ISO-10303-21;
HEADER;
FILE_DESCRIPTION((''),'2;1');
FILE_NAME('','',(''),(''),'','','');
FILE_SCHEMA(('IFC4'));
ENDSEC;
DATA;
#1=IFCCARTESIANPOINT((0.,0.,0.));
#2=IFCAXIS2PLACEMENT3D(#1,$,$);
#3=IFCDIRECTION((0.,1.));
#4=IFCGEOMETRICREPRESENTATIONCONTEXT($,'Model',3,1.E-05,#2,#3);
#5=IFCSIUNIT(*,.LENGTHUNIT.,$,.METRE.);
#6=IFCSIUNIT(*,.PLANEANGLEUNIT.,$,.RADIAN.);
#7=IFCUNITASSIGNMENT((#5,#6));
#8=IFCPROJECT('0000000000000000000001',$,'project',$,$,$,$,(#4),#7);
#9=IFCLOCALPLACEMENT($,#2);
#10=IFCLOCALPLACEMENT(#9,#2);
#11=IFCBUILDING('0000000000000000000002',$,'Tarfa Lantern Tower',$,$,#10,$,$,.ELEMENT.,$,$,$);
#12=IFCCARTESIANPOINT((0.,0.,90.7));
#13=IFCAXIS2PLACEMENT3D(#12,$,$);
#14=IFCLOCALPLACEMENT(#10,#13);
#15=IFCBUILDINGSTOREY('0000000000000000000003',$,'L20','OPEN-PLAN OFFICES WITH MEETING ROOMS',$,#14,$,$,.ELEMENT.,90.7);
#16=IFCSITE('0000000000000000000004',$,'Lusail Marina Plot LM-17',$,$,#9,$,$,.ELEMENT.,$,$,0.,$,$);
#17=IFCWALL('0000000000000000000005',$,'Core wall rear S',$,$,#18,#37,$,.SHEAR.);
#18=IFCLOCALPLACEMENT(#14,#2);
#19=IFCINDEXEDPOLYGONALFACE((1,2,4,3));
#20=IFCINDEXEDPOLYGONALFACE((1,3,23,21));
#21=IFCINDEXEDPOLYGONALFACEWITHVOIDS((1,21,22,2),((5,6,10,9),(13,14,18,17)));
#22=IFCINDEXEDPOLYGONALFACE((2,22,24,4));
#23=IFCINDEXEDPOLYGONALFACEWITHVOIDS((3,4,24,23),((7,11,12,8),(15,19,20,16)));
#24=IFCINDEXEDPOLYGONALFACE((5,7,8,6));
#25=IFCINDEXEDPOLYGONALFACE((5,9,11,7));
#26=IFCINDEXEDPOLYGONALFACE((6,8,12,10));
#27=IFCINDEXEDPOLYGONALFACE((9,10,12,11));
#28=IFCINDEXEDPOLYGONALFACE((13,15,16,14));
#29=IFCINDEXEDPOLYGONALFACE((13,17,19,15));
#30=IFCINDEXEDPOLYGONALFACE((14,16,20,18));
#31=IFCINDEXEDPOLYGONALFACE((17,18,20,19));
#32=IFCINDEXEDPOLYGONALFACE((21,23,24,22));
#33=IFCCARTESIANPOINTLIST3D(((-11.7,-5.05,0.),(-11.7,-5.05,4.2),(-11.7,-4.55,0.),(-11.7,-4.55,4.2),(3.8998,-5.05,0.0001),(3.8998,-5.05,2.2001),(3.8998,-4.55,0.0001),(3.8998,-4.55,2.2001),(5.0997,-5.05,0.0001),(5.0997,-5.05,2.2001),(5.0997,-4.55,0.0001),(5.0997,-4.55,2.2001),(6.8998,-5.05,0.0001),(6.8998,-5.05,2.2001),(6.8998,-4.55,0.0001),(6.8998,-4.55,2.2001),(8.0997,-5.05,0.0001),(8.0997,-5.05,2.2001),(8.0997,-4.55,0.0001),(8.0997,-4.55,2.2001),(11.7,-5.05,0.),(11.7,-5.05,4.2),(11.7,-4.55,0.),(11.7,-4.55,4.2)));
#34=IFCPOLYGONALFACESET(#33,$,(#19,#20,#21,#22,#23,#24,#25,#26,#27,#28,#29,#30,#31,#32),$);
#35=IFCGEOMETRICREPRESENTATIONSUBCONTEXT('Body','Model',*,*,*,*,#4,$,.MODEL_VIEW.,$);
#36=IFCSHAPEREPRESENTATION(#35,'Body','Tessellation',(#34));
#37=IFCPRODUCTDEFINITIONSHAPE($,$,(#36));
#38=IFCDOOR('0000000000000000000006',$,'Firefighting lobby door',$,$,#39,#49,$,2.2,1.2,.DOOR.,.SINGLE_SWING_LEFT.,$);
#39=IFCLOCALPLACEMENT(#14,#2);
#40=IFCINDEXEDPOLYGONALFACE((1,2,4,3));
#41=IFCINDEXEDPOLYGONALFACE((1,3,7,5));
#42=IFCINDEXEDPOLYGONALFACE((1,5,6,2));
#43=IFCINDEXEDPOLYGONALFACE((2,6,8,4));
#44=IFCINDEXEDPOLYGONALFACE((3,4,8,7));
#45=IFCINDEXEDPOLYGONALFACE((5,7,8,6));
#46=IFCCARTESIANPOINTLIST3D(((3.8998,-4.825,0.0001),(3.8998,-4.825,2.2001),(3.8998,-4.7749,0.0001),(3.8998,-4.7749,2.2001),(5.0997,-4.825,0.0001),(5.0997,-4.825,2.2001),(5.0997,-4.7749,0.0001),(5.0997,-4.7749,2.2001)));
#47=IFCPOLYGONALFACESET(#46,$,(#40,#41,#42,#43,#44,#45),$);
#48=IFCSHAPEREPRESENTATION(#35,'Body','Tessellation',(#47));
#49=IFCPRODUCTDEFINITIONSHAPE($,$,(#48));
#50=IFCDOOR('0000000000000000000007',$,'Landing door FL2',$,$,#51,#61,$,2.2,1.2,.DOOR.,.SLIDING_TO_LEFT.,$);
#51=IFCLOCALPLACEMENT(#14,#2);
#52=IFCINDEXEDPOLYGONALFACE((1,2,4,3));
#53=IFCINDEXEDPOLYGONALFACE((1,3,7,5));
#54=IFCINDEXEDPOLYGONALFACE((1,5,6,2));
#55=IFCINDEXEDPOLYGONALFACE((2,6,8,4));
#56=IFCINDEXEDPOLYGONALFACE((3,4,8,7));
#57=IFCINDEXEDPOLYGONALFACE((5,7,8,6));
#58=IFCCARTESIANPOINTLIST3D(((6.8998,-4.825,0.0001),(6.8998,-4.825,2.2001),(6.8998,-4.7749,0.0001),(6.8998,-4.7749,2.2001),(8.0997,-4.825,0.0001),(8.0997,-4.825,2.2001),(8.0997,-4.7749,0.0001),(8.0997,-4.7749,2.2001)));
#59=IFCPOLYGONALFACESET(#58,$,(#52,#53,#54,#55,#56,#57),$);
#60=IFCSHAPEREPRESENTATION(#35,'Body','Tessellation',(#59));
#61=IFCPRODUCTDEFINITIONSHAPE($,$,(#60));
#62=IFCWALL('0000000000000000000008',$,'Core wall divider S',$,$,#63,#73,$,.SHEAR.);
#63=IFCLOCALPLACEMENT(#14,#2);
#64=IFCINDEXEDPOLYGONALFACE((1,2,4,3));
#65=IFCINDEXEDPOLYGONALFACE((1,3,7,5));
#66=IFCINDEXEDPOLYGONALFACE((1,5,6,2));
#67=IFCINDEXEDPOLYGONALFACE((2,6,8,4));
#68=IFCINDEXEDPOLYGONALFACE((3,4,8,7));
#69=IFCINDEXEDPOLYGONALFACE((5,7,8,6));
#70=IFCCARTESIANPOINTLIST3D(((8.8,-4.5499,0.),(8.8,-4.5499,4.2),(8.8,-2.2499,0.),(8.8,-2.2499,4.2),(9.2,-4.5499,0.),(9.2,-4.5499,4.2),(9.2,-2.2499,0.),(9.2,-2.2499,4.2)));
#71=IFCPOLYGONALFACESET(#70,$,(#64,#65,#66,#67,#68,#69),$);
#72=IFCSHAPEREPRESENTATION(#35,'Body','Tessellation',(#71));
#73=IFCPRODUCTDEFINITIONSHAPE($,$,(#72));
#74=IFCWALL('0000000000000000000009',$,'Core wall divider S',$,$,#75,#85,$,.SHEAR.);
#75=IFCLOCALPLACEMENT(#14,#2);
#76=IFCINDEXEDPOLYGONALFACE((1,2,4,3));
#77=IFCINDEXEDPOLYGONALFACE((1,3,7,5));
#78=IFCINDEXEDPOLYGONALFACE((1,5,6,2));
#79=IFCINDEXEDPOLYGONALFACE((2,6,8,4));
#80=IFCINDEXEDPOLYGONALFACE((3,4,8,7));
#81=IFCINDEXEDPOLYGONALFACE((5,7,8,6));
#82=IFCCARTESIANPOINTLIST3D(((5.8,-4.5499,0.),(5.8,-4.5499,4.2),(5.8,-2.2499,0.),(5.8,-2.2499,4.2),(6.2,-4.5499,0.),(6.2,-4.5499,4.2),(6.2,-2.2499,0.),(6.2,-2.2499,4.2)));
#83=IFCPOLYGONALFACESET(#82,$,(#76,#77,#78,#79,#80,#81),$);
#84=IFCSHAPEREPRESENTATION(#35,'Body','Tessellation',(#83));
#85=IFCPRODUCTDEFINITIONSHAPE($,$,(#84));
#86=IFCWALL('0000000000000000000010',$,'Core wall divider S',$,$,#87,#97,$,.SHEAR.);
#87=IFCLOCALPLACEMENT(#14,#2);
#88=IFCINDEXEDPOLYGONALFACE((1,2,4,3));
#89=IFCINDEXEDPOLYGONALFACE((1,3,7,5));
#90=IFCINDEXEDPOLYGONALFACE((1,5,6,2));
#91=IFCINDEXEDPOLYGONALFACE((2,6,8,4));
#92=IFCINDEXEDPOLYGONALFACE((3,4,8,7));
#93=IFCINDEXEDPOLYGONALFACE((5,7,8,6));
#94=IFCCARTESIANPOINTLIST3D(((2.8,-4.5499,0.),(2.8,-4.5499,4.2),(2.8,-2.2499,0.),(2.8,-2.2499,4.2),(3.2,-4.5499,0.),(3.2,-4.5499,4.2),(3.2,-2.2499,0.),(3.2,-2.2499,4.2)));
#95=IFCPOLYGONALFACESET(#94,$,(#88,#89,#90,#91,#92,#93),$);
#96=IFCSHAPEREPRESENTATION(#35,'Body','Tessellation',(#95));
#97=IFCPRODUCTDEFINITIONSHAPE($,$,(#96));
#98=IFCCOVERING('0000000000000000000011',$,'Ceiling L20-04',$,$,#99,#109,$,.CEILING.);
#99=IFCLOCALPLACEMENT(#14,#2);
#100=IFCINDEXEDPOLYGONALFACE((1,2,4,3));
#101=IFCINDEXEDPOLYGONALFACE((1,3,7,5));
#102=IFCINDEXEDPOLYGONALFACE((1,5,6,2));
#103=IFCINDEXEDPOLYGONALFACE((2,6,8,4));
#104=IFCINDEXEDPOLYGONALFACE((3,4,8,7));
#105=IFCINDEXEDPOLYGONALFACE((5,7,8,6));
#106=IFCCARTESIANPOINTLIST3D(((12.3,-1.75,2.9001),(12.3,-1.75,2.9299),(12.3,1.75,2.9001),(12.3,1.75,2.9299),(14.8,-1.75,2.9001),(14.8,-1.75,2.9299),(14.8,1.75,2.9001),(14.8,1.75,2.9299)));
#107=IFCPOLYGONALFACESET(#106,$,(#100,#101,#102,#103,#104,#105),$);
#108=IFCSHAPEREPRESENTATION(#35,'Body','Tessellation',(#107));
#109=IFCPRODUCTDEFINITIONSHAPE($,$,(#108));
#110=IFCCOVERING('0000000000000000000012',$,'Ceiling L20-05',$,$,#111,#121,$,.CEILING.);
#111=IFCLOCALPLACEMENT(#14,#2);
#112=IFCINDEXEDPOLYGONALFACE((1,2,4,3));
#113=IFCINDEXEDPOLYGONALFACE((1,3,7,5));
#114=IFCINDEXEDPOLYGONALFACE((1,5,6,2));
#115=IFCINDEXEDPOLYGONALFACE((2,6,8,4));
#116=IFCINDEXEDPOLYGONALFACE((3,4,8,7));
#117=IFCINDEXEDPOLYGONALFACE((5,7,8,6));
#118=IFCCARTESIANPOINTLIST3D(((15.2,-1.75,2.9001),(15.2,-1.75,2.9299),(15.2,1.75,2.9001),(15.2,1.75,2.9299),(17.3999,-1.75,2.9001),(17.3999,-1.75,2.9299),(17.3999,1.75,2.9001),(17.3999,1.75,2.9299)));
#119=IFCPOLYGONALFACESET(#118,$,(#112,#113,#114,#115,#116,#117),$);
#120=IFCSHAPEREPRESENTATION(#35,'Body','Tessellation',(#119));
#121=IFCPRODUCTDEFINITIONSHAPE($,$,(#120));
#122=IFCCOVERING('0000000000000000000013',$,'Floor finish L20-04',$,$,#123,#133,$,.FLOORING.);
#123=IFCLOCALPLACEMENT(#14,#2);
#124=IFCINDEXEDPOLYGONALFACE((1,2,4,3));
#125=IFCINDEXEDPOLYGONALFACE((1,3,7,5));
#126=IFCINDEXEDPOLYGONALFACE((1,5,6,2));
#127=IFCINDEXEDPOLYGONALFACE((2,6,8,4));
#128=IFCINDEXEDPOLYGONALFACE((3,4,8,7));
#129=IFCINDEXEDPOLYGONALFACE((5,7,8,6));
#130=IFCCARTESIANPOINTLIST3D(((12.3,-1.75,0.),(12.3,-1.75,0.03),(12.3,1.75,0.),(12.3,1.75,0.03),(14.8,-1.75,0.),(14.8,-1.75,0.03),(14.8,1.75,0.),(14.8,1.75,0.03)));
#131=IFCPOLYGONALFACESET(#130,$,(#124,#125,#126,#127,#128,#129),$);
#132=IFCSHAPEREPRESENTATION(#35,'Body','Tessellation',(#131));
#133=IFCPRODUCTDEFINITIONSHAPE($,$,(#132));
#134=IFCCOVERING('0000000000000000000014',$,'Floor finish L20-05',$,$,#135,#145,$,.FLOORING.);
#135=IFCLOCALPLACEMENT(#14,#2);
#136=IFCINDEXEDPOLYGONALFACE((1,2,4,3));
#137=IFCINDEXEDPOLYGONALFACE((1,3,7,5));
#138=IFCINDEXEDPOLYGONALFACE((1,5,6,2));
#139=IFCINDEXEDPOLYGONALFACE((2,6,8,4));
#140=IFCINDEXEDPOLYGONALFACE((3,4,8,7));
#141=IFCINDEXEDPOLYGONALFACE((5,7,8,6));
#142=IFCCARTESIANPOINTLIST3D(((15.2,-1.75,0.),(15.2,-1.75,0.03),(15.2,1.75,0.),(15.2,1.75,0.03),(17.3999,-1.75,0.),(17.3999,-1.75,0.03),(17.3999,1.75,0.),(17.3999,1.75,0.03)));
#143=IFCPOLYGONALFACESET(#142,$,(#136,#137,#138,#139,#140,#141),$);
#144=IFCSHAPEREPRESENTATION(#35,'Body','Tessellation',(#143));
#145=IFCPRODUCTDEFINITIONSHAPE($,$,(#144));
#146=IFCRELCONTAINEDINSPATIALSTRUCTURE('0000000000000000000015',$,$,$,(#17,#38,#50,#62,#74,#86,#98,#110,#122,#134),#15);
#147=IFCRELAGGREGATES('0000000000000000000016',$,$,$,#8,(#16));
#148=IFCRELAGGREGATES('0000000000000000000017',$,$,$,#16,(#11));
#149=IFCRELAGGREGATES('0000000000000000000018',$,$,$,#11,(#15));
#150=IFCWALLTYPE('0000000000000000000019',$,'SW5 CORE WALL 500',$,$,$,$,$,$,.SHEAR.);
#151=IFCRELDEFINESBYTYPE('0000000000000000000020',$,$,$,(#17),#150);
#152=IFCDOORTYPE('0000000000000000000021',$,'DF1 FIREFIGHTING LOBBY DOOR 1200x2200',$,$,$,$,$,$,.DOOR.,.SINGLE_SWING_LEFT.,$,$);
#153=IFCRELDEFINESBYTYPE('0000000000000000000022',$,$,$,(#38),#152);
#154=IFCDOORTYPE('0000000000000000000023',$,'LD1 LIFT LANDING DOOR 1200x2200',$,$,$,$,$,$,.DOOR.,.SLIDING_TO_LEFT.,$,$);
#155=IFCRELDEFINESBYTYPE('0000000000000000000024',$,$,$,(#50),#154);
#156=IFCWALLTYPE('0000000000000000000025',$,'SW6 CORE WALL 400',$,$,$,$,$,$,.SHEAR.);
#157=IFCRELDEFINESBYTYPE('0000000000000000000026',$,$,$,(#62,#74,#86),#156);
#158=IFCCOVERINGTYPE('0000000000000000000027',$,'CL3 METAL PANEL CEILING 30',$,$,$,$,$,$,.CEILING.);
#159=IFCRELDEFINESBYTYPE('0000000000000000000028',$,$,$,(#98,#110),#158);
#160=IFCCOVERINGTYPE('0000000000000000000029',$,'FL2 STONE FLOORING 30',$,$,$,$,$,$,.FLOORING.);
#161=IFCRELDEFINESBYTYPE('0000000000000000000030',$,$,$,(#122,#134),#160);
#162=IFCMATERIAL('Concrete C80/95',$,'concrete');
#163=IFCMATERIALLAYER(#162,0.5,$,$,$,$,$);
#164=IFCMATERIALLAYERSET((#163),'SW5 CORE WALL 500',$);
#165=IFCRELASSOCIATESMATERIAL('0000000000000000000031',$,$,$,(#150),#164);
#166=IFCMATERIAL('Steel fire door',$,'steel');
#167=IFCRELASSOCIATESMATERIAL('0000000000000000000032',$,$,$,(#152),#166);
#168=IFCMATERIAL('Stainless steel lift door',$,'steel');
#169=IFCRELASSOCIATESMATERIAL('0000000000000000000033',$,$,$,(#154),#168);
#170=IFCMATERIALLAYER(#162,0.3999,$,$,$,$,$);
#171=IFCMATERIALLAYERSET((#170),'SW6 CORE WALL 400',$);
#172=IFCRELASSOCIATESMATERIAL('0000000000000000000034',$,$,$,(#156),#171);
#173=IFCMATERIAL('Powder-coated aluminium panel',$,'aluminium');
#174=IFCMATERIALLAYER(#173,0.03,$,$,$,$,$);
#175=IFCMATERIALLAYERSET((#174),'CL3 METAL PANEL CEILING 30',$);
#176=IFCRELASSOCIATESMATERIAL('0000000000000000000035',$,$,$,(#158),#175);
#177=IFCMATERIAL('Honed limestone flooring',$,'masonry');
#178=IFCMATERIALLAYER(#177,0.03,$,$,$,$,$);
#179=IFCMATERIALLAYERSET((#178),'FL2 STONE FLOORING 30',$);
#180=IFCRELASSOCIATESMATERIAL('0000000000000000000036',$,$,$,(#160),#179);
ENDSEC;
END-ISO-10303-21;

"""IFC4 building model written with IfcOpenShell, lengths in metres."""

from ifc_helpers import new_model, si_unit, direction, frame, frame_2d, origin, place, context, subcontext, project, spatial, polyline, rectangle, outline, extrude, material, layer, layer_set, type_object, element, fill, save


model = new_model("IFC4")

# Units and contexts
model_context = context("Model", 3, precision=1e-05, world=origin(), true_north=direction((0.0, 1.0)))
body_context = subcontext(model_context, "Body", "Model", "MODEL_VIEW")
ifc_project = project(units=[si_unit("LENGTHUNIT", "METRE"), si_unit("PLANEANGLEUNIT", "RADIAN")], contexts=[model_context])

# Site, building, storey
site_placement = place(None, origin())
site = spatial("IfcSite", under=ifc_project, at=site_placement, Name="Lusail Marina Plot LM-17", CompositionType="ELEMENT", RefElevation=0.0)
building_placement = place(site_placement, origin())
building = spatial("IfcBuilding", under=site, at=building_placement, Name="Tarfa Lantern Tower", CompositionType="ELEMENT")
storey_placement = place(building_placement, frame((0.0, 0.0, 90.7)))
storey = spatial("IfcBuildingStorey", under=building, at=storey_placement, Name="L20", Description="OPEN-PLAN OFFICES WITH MEETING ROOMS", CompositionType="ELEMENT", Elevation=90.7)

# Shared definitions
ifc_material_1 = material(Name="Concrete C80/95", Category="concrete")
ifc_layer_1 = layer(ifc_material_1, 0.5)
ifc_layer_set_1 = layer_set([ifc_layer_1], Name="SW5 CORE WALL 500")
wall_type_1 = type_object("IfcWallType", Name="SW5 CORE WALL 500", PredefinedType="SHEAR", material=ifc_layer_set_1)

# Shared definitions
ifc_material_2 = material(Name="Stainless steel lift door", Category="steel")

# Wall, openings, doors
wall_1_placement = place(storey_placement, frame((11.7, -4.8, 0.0), z_axis=(0.0, 0.0, 1.0), x_axis=(-1.0, 0.0, 0.0)))
wall_1 = element("IfcWall", 1, at=wall_1_placement, inside=storey, type_object=wall_type_1, Name="Core wall rear S", PredefinedType="SHEAR", context=body_context, shape_type="SweptSolid", body=[
    extrude(rectangle(XDim=23.3999, YDim=0.5, at=frame_2d((11.7, 0.0))), origin(), (0.0, 0.0, 1.0), 4.2),
])
opening_1_placement = place(wall_1_placement, frame((6.6001, 0.0, 0.0)))
opening_1 = element("IfcOpeningElement", 2, at=opening_1_placement, cuts=wall_1, PredefinedType="OPENING", context=body_context, shape_type="SweptSolid", body=[
    extrude(rectangle(XDim=1.2, YDim=2.2, at=frame_2d((0.6001, 1.1001))), frame((0.0, 0.26, 0.0), z_axis=(0.0, -1.0, 0.0), x_axis=(1.0, 0.0, 0.0)), (0.0, 0.0, 1.0), 0.52),
])
opening_2_placement = place(wall_1_placement, frame((3.6001, 0.0, 0.0)))
opening_2 = element("IfcOpeningElement", 3, at=opening_2_placement, cuts=wall_1, PredefinedType="OPENING", context=body_context, shape_type="SweptSolid", body=[
    extrude(rectangle(XDim=1.2, YDim=2.2, at=frame_2d((0.6001, 1.1001))), frame((0.0, 0.26, 0.0), z_axis=(0.0, -1.0, 0.0), x_axis=(1.0, 0.0, 0.0)), (0.0, 0.0, 1.0), 0.52),
])
ifc_material_3 = material(Name="Steel fire door", Category="steel")
door_type_1 = type_object("IfcDoorType", Name="DF1 FIREFIGHTING LOBBY DOOR 1200x2200", OperationType="SINGLE_SWING_LEFT", PredefinedType="DOOR", material=ifc_material_3)
door_1_placement = place(opening_1_placement, origin())
door_1 = element("IfcDoor", 4, at=door_1_placement, inside=storey, type_object=door_type_1, Name="Firefighting lobby door", OperationType="SINGLE_SWING_LEFT", OverallHeight=2.2, OverallWidth=1.2, PredefinedType="DOOR", context=body_context, shape_type="SweptSolid", body=[
    extrude(rectangle(XDim=1.2, YDim=2.2, at=frame_2d((0.6001, 1.1001))), frame((0.0, 0.0249, 0.0), z_axis=(0.0, -1.0, 0.0), x_axis=(1.0, 0.0, 0.0)), (0.0, 0.0, 1.0), 0.05),
])
fill(opening_1, door_1)
door_type_2 = type_object("IfcDoorType", Name="LD1 LIFT LANDING DOOR 1200x2200", OperationType="SLIDING_TO_LEFT", PredefinedType="DOOR", material=ifc_material_2)
door_2_placement = place(opening_2_placement, origin())
door_2 = element("IfcDoor", 5, at=door_2_placement, inside=storey, type_object=door_type_2, Name="Landing door FL2", OperationType="SLIDING_TO_LEFT", OverallHeight=2.2, OverallWidth=1.2, PredefinedType="DOOR", context=body_context, shape_type="SweptSolid", body=[
    extrude(rectangle(XDim=1.2, YDim=2.2, at=frame_2d((0.6001, 1.1001))), frame((0.0, 0.0249, 0.0), z_axis=(0.0, -1.0, 0.0), x_axis=(1.0, 0.0, 0.0)), (0.0, 0.0, 1.0), 0.05),
])
fill(opening_2, door_2)

# Walls
ifc_layer_2 = layer(ifc_material_1, 0.3999)
ifc_layer_set_2 = layer_set([ifc_layer_2], Name="SW6 CORE WALL 400")
wall_type_2 = type_object("IfcWallType", Name="SW6 CORE WALL 400", PredefinedType="SHEAR", material=ifc_layer_set_2)
for number, where, z_axis, x_axis, name in (
    (6, (9.0, -2.25, 0.0), (0.0, 0.0, 1.0), (0.0, -1.0, 0.0), "Core wall divider S"),
    (7, (6.0, -2.25, 0.0), (0.0, 0.0, 1.0), (0.0, -1.0, 0.0), "Core wall divider S"),
    (8, (3.0, -2.25, 0.0), (0.0, 0.0, 1.0), (0.0, -1.0, 0.0), "Core wall divider S"),
):
    element("IfcWall", number, at=place(storey_placement, frame(where, z_axis=z_axis, x_axis=x_axis)), inside=storey, type_object=wall_type_2, Name=name, PredefinedType="SHEAR", context=body_context, shape_type="SweptSolid", body=[
        extrude(rectangle(XDim=2.3, YDim=0.3999, at=frame_2d((1.1499, 0.0))), origin(), (0.0, 0.0, 1.0), 4.2),
    ])

# Coverings
ifc_material_4 = material(Name="Powder-coated aluminium panel", Category="aluminium")
ifc_layer_3 = layer(ifc_material_4, 0.03)
ifc_layer_set_3 = layer_set([ifc_layer_3], Name="CL3 METAL PANEL CEILING 30")
covering_type_1 = type_object("IfcCoveringType", Name="CL3 METAL PANEL CEILING 30", PredefinedType="CEILING", material=ifc_layer_set_3)
covering_1_placement = place(storey_placement, frame((0.0, 0.0, 2.9001)))
element("IfcCovering", 9, at=covering_1_placement, inside=storey, type_object=covering_type_1, Name="Ceiling L20-04", PredefinedType="CEILING", context=body_context, shape_type="SweptSolid", body=[
    extrude(outline(polyline([(12.3, -1.75), (14.8, -1.75), (14.8, 1.75), (12.3, 1.75), (12.3, -1.75)])), origin(), (0.0, 0.0, 1.0), 0.0298),
])
covering_2_placement = place(storey_placement, frame((0.0, 0.0, 2.9001)))
element("IfcCovering", 10, at=covering_2_placement, inside=storey, type_object=covering_type_1, Name="Ceiling L20-05", PredefinedType="CEILING", context=body_context, shape_type="SweptSolid", body=[
    extrude(outline(polyline([(15.2, -1.75), (17.3999, -1.75), (17.3999, 1.75), (15.2, 1.75), (15.2, -1.75)])), origin(), (0.0, 0.0, 1.0), 0.0298),
])
ifc_material_5 = material(Name="Honed limestone flooring", Category="masonry")
ifc_layer_4 = layer(ifc_material_5, 0.03)
ifc_layer_set_4 = layer_set([ifc_layer_4], Name="FL2 STONE FLOORING 30")
covering_type_2 = type_object("IfcCoveringType", Name="FL2 STONE FLOORING 30", PredefinedType="FLOORING", material=ifc_layer_set_4)
covering_3_placement = place(storey_placement, origin())
element("IfcCovering", 11, at=covering_3_placement, inside=storey, type_object=covering_type_2, Name="Floor finish L20-04", PredefinedType="FLOORING", context=body_context, shape_type="SweptSolid", body=[
    extrude(outline(polyline([(12.3, -1.75), (14.8, -1.75), (14.8, 1.75), (12.3, 1.75), (12.3, -1.75)])), origin(), (0.0, 0.0, 1.0), 0.03),
])
covering_4_placement = place(storey_placement, origin())
element("IfcCovering", 12, at=covering_4_placement, inside=storey, type_object=covering_type_2, Name="Floor finish L20-05", PredefinedType="FLOORING", context=body_context, shape_type="SweptSolid", body=[
    extrude(outline(polyline([(15.2, -1.75), (17.3999, -1.75), (17.3999, 1.75), (15.2, 1.75), (15.2, -1.75)])), origin(), (0.0, 0.0, 1.0), 0.03),
])

save(model, "model.ifc")
